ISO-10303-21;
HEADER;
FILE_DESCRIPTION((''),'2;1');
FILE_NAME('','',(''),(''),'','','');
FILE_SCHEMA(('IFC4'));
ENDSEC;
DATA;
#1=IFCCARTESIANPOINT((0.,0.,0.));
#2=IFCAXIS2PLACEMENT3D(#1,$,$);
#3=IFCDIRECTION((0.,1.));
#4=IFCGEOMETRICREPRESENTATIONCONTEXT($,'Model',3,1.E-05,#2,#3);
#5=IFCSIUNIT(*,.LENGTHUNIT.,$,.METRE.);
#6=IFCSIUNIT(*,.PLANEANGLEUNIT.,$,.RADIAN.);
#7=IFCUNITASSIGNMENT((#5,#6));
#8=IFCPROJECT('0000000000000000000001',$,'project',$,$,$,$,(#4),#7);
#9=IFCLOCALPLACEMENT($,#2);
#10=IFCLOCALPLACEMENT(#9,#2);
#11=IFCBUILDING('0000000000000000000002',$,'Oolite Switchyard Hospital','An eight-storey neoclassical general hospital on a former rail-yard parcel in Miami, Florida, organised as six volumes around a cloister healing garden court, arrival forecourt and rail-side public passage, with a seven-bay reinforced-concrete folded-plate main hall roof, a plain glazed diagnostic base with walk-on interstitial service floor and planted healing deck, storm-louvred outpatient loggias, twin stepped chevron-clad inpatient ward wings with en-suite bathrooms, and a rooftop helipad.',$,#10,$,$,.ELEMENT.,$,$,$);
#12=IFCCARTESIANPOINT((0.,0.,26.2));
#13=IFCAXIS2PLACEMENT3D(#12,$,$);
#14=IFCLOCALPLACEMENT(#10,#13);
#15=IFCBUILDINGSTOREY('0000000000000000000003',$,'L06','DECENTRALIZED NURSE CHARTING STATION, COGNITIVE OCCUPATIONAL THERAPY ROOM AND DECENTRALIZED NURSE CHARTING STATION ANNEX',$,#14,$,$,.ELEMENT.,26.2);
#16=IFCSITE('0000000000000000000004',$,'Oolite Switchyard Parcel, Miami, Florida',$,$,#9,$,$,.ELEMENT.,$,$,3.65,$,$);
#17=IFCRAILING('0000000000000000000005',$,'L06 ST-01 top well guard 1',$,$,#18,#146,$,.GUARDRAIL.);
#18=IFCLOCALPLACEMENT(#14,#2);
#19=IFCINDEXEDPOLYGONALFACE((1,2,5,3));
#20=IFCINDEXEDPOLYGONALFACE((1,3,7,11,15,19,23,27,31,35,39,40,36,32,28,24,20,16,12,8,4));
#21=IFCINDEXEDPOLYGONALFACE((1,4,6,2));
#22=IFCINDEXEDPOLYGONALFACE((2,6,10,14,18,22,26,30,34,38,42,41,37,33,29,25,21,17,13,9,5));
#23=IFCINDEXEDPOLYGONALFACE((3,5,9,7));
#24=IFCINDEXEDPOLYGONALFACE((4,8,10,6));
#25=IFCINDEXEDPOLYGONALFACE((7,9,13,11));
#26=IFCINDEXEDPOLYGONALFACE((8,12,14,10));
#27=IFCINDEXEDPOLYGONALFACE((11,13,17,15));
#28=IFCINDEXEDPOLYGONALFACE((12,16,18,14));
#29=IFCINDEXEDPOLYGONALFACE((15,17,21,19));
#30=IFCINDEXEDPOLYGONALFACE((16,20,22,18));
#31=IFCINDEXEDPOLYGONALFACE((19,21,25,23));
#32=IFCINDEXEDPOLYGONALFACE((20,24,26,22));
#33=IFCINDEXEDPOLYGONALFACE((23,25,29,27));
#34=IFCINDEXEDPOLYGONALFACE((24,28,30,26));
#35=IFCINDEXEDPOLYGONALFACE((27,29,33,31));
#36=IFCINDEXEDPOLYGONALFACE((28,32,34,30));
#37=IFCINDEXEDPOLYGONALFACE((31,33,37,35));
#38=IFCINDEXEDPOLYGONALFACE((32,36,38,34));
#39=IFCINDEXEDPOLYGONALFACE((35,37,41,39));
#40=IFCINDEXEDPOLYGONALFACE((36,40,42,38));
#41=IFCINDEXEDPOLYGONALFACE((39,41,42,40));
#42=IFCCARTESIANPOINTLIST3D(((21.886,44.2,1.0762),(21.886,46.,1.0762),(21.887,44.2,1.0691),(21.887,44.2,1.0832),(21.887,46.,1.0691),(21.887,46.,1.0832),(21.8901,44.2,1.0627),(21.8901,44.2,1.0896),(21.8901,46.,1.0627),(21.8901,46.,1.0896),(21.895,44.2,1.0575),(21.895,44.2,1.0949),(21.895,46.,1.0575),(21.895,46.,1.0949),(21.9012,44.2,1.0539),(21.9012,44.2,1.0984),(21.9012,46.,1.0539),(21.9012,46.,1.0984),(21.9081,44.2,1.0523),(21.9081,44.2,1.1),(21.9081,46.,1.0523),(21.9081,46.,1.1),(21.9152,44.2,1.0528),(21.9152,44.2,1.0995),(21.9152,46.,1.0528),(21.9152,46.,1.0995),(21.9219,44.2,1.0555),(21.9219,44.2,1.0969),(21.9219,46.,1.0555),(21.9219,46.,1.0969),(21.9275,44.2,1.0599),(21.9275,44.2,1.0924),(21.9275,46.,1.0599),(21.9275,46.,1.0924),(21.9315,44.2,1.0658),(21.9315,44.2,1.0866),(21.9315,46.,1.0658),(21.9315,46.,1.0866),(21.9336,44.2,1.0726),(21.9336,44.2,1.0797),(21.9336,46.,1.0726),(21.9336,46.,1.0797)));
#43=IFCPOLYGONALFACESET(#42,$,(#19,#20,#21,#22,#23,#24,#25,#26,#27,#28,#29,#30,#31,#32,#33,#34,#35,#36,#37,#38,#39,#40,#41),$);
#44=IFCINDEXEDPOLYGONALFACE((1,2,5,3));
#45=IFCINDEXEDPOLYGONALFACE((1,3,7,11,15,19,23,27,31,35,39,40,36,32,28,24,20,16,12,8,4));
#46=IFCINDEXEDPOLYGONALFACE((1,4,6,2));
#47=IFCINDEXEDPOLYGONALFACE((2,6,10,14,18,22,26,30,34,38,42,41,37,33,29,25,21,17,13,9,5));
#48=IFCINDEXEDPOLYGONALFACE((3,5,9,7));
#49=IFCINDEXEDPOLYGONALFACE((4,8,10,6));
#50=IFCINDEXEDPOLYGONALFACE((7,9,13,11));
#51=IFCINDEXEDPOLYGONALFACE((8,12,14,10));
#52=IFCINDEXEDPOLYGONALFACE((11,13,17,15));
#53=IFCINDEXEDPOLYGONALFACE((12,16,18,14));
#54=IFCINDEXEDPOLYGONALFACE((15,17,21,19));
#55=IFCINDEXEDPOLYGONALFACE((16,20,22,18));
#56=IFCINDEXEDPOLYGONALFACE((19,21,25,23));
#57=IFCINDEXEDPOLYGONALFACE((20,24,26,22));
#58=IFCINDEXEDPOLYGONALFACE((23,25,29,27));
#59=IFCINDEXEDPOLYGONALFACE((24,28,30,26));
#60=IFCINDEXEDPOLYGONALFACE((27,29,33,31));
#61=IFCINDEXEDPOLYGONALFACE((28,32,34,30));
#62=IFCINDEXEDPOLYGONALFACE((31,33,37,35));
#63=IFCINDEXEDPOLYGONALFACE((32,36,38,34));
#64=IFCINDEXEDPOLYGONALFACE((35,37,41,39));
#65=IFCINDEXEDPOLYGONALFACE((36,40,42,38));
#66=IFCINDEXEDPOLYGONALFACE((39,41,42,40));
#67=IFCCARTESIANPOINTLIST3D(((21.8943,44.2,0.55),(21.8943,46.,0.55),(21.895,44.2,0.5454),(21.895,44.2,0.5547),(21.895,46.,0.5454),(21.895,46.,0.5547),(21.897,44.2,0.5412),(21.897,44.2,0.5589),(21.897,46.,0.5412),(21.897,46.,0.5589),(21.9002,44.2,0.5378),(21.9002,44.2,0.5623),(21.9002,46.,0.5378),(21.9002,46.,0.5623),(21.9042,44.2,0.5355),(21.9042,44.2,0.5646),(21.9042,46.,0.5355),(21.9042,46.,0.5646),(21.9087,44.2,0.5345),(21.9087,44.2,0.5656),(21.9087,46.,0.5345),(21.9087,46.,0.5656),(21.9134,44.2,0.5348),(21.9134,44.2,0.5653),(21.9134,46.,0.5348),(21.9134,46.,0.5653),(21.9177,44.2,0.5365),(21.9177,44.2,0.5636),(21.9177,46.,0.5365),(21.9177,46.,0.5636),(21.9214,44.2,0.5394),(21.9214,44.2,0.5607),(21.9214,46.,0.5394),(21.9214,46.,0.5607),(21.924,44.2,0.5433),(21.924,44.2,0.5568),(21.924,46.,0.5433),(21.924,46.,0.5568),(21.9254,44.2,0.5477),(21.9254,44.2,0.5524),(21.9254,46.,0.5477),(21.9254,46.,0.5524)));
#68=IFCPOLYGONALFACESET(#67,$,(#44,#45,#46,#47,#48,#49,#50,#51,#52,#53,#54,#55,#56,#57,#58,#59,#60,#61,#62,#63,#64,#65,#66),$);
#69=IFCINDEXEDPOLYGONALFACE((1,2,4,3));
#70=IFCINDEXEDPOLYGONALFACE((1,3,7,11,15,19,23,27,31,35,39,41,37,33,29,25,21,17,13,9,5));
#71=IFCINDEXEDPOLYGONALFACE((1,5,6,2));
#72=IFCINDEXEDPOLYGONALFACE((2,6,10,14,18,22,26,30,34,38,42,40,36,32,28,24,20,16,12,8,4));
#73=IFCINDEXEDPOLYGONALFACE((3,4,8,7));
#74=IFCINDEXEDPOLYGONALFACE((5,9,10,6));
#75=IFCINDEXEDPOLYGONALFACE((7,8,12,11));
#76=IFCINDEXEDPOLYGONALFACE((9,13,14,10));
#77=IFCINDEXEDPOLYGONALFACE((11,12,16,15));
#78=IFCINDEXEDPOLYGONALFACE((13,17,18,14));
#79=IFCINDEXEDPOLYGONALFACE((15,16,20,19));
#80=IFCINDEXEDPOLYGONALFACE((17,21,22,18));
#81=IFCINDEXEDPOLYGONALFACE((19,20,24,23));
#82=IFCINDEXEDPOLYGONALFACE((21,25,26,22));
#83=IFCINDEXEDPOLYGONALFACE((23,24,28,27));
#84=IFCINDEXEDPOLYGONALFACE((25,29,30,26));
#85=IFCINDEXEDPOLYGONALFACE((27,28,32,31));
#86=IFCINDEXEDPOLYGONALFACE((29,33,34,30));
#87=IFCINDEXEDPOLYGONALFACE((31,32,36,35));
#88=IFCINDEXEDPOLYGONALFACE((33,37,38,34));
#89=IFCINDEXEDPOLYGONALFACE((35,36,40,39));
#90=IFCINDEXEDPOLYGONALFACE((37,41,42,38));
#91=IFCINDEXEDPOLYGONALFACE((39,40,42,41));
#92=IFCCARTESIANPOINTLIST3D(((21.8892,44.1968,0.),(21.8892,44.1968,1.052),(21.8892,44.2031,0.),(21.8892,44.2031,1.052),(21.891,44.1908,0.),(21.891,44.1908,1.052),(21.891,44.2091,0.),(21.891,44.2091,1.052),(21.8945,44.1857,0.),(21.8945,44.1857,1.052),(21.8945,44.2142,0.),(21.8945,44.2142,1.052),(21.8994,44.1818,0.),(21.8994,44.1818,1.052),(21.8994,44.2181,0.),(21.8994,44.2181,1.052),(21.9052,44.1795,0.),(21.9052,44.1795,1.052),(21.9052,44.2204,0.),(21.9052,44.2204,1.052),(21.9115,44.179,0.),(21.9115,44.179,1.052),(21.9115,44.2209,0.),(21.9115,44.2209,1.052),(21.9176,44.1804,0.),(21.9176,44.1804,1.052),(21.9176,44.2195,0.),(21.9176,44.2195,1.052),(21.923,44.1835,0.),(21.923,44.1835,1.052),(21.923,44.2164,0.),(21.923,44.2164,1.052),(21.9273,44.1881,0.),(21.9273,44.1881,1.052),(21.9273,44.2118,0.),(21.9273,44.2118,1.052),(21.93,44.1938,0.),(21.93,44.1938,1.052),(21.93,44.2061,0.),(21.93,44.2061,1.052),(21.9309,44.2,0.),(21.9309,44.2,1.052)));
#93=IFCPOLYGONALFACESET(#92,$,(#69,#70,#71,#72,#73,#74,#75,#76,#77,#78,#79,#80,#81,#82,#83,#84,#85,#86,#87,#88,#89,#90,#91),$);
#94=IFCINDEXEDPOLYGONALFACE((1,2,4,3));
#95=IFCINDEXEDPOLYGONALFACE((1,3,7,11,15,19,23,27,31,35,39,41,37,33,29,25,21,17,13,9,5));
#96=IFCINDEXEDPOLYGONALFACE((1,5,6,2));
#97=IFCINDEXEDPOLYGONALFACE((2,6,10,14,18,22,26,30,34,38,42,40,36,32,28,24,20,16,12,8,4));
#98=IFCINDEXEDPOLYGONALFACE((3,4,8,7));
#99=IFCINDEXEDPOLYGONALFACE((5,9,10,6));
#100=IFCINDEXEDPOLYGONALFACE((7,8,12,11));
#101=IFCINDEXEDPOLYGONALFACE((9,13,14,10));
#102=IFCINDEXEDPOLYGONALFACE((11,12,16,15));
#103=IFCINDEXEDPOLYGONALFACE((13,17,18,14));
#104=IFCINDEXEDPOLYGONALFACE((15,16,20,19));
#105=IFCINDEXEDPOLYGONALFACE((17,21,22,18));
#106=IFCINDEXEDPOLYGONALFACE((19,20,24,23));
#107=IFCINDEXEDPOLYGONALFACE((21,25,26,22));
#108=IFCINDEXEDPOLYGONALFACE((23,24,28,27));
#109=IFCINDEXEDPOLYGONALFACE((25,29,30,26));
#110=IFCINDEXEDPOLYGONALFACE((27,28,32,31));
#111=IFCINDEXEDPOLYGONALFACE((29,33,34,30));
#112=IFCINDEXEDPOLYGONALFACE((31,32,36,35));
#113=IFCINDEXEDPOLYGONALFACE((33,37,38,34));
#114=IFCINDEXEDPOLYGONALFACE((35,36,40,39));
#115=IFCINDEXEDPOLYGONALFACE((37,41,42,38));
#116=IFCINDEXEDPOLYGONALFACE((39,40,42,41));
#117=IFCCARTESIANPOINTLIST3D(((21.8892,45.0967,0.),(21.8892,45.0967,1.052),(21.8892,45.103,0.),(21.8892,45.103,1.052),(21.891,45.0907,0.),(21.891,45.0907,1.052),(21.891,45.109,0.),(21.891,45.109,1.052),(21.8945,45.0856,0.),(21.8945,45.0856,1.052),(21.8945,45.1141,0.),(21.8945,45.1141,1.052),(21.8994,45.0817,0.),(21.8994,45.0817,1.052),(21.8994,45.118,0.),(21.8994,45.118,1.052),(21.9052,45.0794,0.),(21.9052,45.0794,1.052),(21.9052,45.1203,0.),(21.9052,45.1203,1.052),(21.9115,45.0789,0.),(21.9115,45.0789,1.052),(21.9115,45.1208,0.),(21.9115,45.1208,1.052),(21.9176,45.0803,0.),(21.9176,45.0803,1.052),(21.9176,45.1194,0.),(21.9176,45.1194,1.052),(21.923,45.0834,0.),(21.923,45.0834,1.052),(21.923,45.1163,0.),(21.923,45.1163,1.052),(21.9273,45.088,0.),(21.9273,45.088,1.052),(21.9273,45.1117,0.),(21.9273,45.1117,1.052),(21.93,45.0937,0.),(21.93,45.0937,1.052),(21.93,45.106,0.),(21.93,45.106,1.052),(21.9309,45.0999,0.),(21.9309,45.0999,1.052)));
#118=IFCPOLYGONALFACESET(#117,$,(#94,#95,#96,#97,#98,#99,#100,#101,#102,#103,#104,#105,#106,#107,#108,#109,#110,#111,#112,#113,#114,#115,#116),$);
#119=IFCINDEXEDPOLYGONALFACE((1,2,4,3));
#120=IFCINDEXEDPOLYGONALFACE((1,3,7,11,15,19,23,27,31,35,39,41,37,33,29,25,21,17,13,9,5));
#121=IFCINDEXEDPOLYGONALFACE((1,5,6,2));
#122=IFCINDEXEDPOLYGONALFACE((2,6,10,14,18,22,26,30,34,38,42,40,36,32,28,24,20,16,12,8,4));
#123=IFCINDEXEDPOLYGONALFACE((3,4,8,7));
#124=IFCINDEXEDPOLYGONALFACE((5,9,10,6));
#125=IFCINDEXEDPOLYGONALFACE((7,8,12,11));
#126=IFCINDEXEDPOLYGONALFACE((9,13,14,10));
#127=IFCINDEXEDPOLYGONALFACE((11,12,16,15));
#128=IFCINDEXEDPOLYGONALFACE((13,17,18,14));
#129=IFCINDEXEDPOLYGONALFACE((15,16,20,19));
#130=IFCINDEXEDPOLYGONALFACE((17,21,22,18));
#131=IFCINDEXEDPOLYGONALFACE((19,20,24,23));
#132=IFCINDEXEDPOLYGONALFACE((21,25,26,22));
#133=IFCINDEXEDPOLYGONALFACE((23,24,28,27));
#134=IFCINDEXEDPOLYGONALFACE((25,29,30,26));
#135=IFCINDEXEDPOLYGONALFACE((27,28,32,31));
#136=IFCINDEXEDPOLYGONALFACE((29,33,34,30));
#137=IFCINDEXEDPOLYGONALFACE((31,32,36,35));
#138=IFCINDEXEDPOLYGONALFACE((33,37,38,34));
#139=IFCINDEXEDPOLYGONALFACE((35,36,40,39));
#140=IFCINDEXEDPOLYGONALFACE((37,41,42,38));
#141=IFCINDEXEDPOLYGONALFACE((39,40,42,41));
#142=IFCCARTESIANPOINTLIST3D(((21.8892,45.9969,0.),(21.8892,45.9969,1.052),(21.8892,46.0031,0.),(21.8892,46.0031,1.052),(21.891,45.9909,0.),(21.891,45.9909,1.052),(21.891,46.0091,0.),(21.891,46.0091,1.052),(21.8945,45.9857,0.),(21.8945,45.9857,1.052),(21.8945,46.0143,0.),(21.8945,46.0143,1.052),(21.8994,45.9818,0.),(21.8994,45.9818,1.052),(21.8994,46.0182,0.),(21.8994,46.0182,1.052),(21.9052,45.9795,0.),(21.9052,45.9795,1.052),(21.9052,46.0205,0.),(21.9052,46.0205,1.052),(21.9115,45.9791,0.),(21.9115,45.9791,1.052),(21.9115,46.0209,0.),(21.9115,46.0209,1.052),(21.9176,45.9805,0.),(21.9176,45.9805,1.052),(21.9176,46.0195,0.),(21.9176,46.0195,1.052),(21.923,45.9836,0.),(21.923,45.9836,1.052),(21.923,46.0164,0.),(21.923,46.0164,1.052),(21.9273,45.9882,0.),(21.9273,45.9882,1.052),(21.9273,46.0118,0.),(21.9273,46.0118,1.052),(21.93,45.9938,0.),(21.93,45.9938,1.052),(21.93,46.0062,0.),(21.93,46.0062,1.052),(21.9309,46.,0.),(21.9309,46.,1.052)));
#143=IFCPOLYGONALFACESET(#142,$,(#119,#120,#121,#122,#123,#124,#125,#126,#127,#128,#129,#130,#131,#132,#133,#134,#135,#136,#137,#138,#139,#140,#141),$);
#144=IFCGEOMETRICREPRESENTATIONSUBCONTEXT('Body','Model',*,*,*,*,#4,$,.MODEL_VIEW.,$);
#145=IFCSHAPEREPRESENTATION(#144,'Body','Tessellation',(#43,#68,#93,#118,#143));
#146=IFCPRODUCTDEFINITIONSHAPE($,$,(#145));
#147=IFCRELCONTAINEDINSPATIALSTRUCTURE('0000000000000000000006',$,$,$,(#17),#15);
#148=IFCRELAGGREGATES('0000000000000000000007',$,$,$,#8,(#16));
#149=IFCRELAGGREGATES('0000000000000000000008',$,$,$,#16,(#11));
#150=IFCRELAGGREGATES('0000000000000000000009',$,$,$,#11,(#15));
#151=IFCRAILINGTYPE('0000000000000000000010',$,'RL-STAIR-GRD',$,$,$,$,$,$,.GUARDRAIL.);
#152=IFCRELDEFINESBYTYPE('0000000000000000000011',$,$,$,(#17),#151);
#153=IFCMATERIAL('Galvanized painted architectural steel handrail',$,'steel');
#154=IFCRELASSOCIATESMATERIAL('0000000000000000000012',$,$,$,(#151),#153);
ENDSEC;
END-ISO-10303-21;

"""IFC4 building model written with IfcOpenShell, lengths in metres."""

from ifc_helpers import new_model, si_unit, direction, frame, origin, origin_2d, place, context, subcontext, project, spatial, circle, extrude, material, type_object, element, save


model = new_model("IFC4")

# Units and contexts
model_context = context("Model", 3, precision=1e-05, world=origin(), true_north=direction((0.0, 1.0)))
body_context = subcontext(model_context, "Body", "Model", "MODEL_VIEW")
ifc_project = project(units=[si_unit("LENGTHUNIT", "METRE"), si_unit("PLANEANGLEUNIT", "RADIAN")], contexts=[model_context])

# Site, building, storey
site_placement = place(None, origin())
site = spatial("IfcSite", under=ifc_project, at=site_placement, Name="Oolite Switchyard Parcel, Miami, Florida", CompositionType="ELEMENT", RefElevation=3.65)
building_placement = place(site_placement, origin())
building = spatial("IfcBuilding", under=site, at=building_placement, Name="Oolite Switchyard Hospital", Description="An eight-storey neoclassical general hospital on a former rail-yard parcel in Miami, Florida, organised as six volumes around a cloister healing garden court, arrival forecourt and rail-side public passage, with a seven-bay reinforced-concrete folded-plate main hall roof, a plain glazed diagnostic base with walk-on interstitial service floor and planted healing deck, storm-louvred outpatient loggias, twin stepped chevron-clad inpatient ward wings with en-suite bathrooms, and a rooftop helipad.", CompositionType="ELEMENT")
storey_placement = place(building_placement, frame((0.0, 0.0, 26.2)))
storey = spatial("IfcBuildingStorey", under=building, at=storey_placement, Name="L06", Description="DECENTRALIZED NURSE CHARTING STATION, COGNITIVE OCCUPATIONAL THERAPY ROOM AND DECENTRALIZED NURSE CHARTING STATION ANNEX", CompositionType="ELEMENT", Elevation=26.2)

# Railing
ifc_material_1 = material(Name="Galvanized painted architectural steel handrail", Category="steel")
railing_type = type_object("IfcRailingType", Name="RL-STAIR-GRD", PredefinedType="GUARDRAIL", material=ifc_material_1)
railing_placement = place(storey_placement, frame((21.9099, 44.2, 0.0)))
element("IfcRailing", 1, at=railing_placement, inside=storey, type_object=railing_type, Name="L06 ST-01 top well guard 1", PredefinedType="GUARDRAIL", context=body_context, shape_type="SweptSolid", body=[
    extrude(circle(Radius=0.0239, at=origin_2d()), frame((0.0, 0.0, 1.0762), z_axis=(0.0, 1.0, 0.0), x_axis=(-1.0, 0.0, 0.0)), (0.0, 0.0, 1.0), 1.8),
    extrude(circle(Radius=0.0156, at=origin_2d()), frame((0.0, 0.0, 0.55), z_axis=(0.0, 1.0, 0.0), x_axis=(-1.0, 0.0, 0.0)), (0.0, 0.0, 1.0), 1.8),
    extrude(circle(Radius=0.021, at=origin_2d()), origin(), (0.0, 0.0, 1.0), 1.052),
    extrude(circle(Radius=0.021, at=origin_2d()), frame((0.0, 0.8999, 0.0)), (0.0, 0.0, 1.0), 1.052),
    extrude(circle(Radius=0.021, at=origin_2d()), frame((0.0, 1.8, 0.0)), (0.0, 0.0, 1.0), 1.052),
])

save(model, "model.ifc")
